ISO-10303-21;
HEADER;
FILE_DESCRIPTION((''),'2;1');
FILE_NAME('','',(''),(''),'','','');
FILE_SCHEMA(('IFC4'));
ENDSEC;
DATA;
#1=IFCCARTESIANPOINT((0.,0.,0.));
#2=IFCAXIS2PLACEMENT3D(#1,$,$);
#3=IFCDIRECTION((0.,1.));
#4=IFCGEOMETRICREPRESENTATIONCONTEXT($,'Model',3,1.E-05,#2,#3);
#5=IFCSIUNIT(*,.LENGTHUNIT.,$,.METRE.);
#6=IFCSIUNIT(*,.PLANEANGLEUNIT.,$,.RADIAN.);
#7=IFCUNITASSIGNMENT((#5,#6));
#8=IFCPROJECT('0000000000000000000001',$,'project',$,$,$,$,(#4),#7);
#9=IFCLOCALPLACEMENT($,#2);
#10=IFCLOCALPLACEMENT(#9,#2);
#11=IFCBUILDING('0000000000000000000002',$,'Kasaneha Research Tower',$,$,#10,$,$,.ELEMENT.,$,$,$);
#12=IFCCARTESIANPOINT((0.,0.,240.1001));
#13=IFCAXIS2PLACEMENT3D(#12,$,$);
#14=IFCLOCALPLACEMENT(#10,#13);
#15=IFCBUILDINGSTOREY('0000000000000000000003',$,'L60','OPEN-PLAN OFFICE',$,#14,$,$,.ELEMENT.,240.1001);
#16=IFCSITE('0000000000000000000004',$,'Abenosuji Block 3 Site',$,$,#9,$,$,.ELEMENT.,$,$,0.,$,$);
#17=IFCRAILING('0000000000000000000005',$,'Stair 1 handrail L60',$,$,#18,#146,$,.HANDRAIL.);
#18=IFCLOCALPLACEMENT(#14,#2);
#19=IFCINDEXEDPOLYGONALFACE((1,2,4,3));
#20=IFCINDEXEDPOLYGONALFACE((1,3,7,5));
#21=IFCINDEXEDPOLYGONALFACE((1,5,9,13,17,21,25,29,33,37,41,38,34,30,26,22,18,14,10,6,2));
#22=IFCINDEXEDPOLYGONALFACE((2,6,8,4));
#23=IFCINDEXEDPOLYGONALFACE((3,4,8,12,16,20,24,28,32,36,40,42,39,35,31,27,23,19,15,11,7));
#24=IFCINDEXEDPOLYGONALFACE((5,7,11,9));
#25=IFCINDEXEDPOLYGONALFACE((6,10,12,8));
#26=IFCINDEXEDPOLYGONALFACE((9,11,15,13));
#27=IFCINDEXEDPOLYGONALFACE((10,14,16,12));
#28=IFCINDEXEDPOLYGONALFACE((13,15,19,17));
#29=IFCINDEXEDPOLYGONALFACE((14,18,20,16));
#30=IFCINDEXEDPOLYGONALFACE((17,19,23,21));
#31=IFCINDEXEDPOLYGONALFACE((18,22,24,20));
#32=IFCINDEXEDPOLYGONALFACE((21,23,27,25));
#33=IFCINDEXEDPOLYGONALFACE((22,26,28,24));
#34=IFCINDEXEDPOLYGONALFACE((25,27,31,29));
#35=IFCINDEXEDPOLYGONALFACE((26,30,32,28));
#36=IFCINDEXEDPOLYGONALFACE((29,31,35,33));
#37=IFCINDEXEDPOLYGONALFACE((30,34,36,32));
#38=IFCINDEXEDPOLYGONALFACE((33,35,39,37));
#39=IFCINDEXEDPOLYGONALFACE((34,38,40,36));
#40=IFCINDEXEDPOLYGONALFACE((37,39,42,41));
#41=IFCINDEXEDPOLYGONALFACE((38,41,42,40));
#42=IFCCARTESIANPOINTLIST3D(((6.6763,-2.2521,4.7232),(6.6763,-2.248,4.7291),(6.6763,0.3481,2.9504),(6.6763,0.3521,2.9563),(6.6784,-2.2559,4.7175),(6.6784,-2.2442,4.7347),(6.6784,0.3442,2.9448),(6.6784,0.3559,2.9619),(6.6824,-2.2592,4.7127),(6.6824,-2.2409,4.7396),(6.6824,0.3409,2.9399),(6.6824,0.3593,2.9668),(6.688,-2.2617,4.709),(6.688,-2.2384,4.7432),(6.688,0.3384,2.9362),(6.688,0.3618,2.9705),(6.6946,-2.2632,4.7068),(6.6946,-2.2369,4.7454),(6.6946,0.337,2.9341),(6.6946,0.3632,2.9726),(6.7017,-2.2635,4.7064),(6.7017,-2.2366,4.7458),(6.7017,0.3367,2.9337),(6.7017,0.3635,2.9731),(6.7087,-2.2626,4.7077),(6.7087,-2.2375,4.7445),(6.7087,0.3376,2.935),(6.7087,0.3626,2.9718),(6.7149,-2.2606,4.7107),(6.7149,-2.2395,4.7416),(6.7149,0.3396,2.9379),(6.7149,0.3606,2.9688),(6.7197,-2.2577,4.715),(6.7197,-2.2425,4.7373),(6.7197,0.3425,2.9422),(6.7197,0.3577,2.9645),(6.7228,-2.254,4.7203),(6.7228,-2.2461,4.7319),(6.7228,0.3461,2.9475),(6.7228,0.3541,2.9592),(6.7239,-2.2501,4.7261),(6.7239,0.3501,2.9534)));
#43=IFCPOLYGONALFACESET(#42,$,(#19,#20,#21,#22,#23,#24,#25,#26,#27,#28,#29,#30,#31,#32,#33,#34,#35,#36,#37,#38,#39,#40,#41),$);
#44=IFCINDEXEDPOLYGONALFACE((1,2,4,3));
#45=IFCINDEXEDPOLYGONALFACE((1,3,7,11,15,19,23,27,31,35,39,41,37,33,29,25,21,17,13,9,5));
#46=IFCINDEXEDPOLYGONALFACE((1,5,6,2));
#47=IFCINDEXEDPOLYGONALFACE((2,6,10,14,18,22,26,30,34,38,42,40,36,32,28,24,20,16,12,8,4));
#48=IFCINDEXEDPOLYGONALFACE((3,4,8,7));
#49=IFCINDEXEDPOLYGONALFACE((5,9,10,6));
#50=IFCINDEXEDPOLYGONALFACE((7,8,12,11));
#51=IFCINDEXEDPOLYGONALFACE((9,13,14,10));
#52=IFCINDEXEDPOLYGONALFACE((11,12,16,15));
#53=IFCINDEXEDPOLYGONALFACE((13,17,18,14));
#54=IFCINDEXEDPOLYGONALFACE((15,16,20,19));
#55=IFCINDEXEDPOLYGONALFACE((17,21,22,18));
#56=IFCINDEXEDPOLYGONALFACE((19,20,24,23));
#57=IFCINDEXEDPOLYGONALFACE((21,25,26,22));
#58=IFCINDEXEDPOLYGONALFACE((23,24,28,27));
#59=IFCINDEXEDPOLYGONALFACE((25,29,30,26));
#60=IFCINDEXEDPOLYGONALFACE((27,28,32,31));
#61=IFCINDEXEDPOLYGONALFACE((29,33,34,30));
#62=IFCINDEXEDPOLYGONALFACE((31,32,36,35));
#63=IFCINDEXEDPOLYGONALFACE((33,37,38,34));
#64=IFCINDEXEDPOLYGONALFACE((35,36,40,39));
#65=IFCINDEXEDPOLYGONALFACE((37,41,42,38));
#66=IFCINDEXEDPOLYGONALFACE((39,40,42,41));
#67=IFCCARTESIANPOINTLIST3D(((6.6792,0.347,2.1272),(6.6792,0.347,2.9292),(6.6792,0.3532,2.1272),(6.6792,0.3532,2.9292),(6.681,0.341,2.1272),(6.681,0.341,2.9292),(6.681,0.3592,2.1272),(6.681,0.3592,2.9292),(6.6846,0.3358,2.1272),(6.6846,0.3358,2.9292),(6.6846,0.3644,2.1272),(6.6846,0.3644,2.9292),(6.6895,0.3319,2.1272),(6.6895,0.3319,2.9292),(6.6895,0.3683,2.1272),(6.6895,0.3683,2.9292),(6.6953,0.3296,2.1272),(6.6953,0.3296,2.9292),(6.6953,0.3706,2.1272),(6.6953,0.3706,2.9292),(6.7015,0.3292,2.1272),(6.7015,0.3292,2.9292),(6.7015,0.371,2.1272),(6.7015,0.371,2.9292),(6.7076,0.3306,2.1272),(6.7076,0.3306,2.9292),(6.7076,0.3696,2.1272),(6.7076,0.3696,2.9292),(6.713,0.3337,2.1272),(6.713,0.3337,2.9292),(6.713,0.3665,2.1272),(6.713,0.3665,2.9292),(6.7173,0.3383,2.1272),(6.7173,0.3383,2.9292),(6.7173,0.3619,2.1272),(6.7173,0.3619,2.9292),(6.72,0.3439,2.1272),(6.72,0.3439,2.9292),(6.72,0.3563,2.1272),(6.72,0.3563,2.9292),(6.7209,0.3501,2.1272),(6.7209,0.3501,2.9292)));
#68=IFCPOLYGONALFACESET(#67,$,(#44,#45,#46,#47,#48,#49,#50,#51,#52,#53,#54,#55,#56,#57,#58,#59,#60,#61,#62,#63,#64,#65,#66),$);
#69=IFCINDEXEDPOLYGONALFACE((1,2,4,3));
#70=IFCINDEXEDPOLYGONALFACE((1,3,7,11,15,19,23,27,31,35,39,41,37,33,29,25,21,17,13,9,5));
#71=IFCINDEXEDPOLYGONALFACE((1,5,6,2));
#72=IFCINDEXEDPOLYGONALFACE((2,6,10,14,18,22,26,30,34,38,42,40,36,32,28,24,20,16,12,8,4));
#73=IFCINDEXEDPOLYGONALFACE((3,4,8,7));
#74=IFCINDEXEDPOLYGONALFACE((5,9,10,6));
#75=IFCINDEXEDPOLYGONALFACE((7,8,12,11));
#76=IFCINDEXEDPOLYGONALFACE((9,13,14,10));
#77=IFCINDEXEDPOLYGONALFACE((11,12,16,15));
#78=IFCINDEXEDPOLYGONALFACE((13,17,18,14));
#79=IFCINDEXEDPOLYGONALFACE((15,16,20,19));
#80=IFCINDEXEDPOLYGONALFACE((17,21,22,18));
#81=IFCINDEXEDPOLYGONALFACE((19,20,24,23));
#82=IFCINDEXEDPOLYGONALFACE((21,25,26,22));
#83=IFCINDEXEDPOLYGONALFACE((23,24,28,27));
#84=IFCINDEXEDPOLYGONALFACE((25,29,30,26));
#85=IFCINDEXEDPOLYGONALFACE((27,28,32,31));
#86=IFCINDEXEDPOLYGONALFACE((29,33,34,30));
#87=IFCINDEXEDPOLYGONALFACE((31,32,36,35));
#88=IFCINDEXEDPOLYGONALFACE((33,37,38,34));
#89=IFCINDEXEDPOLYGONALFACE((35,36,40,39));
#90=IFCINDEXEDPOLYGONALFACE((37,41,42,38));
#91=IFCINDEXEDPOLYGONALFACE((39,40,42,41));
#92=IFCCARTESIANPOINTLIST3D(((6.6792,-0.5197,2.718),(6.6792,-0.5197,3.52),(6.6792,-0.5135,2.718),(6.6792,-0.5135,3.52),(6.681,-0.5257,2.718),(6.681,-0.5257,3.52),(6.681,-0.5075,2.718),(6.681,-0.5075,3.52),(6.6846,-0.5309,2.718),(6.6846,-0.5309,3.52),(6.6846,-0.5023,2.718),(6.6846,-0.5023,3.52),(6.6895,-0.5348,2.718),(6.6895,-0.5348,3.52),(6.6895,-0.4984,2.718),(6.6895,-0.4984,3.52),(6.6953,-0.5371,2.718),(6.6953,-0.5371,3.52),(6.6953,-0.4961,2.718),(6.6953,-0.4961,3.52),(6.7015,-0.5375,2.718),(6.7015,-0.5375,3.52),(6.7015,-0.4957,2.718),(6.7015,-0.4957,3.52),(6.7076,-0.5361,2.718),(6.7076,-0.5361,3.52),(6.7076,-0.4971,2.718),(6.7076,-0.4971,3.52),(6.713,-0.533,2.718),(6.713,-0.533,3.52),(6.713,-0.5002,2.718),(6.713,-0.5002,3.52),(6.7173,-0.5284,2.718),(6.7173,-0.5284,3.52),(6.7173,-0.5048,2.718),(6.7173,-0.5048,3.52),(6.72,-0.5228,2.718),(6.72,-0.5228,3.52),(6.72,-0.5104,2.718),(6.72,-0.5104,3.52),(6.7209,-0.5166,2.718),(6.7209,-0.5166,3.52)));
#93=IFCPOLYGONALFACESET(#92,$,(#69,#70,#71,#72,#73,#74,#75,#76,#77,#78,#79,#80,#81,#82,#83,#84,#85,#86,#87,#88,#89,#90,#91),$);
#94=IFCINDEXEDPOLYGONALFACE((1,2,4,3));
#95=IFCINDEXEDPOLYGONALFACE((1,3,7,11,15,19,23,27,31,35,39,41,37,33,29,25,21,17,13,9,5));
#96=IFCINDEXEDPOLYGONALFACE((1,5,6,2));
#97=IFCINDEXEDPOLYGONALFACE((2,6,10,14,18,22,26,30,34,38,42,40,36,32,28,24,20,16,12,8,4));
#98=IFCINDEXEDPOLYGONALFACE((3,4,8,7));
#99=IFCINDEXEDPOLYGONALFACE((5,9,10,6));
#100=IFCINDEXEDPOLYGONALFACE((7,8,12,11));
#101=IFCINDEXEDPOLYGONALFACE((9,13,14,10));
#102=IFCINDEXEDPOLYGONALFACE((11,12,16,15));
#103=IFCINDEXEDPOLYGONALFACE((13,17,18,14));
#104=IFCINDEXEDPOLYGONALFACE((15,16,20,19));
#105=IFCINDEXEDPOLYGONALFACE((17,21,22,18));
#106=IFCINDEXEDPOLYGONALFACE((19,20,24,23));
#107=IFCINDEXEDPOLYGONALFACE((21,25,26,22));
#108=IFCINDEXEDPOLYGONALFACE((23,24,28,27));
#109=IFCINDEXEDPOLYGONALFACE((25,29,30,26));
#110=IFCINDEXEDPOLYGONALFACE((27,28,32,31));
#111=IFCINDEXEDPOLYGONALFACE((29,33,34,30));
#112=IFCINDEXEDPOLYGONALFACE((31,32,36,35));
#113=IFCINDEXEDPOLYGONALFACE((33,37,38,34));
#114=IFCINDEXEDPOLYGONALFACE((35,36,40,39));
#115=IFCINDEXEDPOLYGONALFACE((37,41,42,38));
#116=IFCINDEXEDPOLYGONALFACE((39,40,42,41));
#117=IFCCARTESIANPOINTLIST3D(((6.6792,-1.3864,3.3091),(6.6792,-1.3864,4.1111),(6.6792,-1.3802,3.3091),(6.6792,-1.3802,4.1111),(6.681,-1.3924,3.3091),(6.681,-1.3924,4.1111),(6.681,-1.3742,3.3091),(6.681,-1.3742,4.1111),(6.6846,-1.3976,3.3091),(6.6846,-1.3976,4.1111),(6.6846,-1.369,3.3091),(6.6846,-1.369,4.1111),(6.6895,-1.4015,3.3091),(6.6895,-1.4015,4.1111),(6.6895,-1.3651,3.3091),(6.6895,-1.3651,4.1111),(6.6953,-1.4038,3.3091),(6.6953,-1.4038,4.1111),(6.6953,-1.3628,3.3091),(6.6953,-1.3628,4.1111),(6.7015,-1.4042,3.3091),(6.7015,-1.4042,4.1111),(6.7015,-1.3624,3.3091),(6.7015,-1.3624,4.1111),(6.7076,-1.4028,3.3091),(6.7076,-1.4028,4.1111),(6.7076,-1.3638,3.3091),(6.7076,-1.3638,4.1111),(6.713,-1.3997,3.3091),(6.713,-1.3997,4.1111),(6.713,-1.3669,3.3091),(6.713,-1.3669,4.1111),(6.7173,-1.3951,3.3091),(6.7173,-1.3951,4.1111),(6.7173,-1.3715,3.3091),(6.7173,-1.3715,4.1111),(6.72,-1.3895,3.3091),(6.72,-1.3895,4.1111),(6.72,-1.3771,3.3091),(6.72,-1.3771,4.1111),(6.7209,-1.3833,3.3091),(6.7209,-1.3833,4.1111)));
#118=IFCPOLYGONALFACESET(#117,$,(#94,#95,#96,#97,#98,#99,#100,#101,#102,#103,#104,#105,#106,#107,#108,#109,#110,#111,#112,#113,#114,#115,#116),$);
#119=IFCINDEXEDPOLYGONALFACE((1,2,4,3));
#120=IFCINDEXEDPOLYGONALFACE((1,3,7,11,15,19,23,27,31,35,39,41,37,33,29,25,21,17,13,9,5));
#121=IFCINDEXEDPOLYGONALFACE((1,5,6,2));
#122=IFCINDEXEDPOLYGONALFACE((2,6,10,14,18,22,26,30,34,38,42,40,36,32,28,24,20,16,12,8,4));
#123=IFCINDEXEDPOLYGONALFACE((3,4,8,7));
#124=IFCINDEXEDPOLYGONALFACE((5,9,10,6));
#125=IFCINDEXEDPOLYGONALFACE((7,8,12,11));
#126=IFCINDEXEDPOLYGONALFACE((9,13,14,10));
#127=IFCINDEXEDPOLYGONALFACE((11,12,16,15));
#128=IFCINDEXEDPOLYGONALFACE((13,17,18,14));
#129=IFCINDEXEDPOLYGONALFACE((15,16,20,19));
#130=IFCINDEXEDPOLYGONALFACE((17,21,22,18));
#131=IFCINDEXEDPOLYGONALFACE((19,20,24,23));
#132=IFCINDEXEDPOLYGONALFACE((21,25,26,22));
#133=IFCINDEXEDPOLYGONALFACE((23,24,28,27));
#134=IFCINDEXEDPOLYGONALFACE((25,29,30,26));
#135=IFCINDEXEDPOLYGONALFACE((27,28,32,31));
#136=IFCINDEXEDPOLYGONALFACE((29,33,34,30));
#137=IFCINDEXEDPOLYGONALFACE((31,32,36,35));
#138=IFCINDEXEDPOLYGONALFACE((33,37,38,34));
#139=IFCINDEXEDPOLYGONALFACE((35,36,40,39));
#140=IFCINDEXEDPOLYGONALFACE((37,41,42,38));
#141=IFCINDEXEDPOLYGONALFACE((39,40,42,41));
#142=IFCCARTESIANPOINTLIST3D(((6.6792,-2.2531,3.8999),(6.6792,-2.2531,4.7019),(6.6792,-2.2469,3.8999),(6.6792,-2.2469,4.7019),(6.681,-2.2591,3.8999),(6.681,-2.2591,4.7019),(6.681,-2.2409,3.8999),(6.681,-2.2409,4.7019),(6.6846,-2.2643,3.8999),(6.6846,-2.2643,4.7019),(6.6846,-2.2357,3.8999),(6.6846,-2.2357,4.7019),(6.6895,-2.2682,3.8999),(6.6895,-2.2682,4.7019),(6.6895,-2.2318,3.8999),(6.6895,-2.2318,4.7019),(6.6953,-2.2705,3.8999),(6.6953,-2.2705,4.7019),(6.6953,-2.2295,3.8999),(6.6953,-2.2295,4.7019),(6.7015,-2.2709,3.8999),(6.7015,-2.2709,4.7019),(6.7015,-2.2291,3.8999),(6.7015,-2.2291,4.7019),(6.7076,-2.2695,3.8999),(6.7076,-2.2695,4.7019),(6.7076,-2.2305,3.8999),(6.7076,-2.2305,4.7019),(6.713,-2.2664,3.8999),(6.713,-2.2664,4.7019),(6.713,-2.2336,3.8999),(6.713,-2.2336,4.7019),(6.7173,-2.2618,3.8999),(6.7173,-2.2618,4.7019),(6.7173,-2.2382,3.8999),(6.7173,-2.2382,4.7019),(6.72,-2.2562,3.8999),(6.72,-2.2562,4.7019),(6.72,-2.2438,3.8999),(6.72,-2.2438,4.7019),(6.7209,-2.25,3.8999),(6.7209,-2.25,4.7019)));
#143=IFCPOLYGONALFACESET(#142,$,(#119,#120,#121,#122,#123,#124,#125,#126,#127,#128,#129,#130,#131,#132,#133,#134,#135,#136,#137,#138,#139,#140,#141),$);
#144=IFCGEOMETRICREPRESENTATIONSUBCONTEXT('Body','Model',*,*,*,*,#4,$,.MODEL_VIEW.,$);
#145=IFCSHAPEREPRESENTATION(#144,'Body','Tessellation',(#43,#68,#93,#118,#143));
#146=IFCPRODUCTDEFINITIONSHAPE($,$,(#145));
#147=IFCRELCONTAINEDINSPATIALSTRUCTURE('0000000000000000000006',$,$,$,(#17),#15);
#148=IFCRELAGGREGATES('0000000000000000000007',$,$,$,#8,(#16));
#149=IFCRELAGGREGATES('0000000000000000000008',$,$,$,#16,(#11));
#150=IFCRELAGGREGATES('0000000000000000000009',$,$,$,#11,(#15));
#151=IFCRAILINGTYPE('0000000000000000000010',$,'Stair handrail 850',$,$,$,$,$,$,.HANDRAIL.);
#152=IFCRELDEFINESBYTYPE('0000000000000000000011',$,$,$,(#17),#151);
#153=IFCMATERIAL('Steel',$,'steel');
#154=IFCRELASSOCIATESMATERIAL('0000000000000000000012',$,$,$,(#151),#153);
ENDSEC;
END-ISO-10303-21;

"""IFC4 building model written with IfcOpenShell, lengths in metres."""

from ifc_helpers import new_model, si_unit, direction, frame, origin, origin_2d, place, context, subcontext, project, spatial, circle, extrude, material, type_object, element, save


model = new_model("IFC4")

# Units and contexts
model_context = context("Model", 3, precision=1e-05, world=origin(), true_north=direction((0.0, 1.0)))
body_context = subcontext(model_context, "Body", "Model", "MODEL_VIEW")
ifc_project = project(units=[si_unit("LENGTHUNIT", "METRE"), si_unit("PLANEANGLEUNIT", "RADIAN")], contexts=[model_context])

# Site, building, storey
site_placement = place(None, origin())
site = spatial("IfcSite", under=ifc_project, at=site_placement, Name="Abenosuji Block 3 Site", CompositionType="ELEMENT", RefElevation=0.0)
building_placement = place(site_placement, origin())
building = spatial("IfcBuilding", under=site, at=building_placement, Name="Kasaneha Research Tower", CompositionType="ELEMENT")
storey_placement = place(building_placement, frame((0.0, 0.0, 240.1001)))
storey = spatial("IfcBuildingStorey", under=building, at=storey_placement, Name="L60", Description="OPEN-PLAN OFFICE", CompositionType="ELEMENT", Elevation=240.1001)

# Railing
ifc_material_1 = material(Name="Steel", Category="steel")
railing_type_1 = type_object("IfcRailingType", Name="Stair handrail 850", PredefinedType="HANDRAIL", material=ifc_material_1)
railing_1_placement = place(storey_placement, frame((6.7, 0.3501, 2.1272)))
element("IfcRailing", 1, at=railing_1_placement, inside=storey, type_object=railing_type_1, Name="Stair 1 handrail L60", PredefinedType="HANDRAIL", context=body_context, shape_type="SweptSolid", body=[
    extrude(circle(Radius=0.0239, at=origin_2d()), frame((0.0, 0.0, 0.8262), z_axis=(0.0, -0.82624, 0.563318), x_axis=(1.0, 0.0, 0.0)), (0.0, 0.0, 1.0), 3.147),
    extrude(circle(Radius=0.021, at=origin_2d()), origin(), (0.0, 0.0, 1.0), 0.802),
    extrude(circle(Radius=0.021, at=origin_2d()), frame((0.0, -0.8667, 0.5908)), (0.0, 0.0, 1.0), 0.802),
    extrude(circle(Radius=0.021, at=origin_2d()), frame((0.0, -1.7334, 1.1819)), (0.0, 0.0, 1.0), 0.802),
    extrude(circle(Radius=0.021, at=origin_2d()), frame((0.0, -2.6001, 1.7727)), (0.0, 0.0, 1.0), 0.802),
])

save(model, "model.ifc")
